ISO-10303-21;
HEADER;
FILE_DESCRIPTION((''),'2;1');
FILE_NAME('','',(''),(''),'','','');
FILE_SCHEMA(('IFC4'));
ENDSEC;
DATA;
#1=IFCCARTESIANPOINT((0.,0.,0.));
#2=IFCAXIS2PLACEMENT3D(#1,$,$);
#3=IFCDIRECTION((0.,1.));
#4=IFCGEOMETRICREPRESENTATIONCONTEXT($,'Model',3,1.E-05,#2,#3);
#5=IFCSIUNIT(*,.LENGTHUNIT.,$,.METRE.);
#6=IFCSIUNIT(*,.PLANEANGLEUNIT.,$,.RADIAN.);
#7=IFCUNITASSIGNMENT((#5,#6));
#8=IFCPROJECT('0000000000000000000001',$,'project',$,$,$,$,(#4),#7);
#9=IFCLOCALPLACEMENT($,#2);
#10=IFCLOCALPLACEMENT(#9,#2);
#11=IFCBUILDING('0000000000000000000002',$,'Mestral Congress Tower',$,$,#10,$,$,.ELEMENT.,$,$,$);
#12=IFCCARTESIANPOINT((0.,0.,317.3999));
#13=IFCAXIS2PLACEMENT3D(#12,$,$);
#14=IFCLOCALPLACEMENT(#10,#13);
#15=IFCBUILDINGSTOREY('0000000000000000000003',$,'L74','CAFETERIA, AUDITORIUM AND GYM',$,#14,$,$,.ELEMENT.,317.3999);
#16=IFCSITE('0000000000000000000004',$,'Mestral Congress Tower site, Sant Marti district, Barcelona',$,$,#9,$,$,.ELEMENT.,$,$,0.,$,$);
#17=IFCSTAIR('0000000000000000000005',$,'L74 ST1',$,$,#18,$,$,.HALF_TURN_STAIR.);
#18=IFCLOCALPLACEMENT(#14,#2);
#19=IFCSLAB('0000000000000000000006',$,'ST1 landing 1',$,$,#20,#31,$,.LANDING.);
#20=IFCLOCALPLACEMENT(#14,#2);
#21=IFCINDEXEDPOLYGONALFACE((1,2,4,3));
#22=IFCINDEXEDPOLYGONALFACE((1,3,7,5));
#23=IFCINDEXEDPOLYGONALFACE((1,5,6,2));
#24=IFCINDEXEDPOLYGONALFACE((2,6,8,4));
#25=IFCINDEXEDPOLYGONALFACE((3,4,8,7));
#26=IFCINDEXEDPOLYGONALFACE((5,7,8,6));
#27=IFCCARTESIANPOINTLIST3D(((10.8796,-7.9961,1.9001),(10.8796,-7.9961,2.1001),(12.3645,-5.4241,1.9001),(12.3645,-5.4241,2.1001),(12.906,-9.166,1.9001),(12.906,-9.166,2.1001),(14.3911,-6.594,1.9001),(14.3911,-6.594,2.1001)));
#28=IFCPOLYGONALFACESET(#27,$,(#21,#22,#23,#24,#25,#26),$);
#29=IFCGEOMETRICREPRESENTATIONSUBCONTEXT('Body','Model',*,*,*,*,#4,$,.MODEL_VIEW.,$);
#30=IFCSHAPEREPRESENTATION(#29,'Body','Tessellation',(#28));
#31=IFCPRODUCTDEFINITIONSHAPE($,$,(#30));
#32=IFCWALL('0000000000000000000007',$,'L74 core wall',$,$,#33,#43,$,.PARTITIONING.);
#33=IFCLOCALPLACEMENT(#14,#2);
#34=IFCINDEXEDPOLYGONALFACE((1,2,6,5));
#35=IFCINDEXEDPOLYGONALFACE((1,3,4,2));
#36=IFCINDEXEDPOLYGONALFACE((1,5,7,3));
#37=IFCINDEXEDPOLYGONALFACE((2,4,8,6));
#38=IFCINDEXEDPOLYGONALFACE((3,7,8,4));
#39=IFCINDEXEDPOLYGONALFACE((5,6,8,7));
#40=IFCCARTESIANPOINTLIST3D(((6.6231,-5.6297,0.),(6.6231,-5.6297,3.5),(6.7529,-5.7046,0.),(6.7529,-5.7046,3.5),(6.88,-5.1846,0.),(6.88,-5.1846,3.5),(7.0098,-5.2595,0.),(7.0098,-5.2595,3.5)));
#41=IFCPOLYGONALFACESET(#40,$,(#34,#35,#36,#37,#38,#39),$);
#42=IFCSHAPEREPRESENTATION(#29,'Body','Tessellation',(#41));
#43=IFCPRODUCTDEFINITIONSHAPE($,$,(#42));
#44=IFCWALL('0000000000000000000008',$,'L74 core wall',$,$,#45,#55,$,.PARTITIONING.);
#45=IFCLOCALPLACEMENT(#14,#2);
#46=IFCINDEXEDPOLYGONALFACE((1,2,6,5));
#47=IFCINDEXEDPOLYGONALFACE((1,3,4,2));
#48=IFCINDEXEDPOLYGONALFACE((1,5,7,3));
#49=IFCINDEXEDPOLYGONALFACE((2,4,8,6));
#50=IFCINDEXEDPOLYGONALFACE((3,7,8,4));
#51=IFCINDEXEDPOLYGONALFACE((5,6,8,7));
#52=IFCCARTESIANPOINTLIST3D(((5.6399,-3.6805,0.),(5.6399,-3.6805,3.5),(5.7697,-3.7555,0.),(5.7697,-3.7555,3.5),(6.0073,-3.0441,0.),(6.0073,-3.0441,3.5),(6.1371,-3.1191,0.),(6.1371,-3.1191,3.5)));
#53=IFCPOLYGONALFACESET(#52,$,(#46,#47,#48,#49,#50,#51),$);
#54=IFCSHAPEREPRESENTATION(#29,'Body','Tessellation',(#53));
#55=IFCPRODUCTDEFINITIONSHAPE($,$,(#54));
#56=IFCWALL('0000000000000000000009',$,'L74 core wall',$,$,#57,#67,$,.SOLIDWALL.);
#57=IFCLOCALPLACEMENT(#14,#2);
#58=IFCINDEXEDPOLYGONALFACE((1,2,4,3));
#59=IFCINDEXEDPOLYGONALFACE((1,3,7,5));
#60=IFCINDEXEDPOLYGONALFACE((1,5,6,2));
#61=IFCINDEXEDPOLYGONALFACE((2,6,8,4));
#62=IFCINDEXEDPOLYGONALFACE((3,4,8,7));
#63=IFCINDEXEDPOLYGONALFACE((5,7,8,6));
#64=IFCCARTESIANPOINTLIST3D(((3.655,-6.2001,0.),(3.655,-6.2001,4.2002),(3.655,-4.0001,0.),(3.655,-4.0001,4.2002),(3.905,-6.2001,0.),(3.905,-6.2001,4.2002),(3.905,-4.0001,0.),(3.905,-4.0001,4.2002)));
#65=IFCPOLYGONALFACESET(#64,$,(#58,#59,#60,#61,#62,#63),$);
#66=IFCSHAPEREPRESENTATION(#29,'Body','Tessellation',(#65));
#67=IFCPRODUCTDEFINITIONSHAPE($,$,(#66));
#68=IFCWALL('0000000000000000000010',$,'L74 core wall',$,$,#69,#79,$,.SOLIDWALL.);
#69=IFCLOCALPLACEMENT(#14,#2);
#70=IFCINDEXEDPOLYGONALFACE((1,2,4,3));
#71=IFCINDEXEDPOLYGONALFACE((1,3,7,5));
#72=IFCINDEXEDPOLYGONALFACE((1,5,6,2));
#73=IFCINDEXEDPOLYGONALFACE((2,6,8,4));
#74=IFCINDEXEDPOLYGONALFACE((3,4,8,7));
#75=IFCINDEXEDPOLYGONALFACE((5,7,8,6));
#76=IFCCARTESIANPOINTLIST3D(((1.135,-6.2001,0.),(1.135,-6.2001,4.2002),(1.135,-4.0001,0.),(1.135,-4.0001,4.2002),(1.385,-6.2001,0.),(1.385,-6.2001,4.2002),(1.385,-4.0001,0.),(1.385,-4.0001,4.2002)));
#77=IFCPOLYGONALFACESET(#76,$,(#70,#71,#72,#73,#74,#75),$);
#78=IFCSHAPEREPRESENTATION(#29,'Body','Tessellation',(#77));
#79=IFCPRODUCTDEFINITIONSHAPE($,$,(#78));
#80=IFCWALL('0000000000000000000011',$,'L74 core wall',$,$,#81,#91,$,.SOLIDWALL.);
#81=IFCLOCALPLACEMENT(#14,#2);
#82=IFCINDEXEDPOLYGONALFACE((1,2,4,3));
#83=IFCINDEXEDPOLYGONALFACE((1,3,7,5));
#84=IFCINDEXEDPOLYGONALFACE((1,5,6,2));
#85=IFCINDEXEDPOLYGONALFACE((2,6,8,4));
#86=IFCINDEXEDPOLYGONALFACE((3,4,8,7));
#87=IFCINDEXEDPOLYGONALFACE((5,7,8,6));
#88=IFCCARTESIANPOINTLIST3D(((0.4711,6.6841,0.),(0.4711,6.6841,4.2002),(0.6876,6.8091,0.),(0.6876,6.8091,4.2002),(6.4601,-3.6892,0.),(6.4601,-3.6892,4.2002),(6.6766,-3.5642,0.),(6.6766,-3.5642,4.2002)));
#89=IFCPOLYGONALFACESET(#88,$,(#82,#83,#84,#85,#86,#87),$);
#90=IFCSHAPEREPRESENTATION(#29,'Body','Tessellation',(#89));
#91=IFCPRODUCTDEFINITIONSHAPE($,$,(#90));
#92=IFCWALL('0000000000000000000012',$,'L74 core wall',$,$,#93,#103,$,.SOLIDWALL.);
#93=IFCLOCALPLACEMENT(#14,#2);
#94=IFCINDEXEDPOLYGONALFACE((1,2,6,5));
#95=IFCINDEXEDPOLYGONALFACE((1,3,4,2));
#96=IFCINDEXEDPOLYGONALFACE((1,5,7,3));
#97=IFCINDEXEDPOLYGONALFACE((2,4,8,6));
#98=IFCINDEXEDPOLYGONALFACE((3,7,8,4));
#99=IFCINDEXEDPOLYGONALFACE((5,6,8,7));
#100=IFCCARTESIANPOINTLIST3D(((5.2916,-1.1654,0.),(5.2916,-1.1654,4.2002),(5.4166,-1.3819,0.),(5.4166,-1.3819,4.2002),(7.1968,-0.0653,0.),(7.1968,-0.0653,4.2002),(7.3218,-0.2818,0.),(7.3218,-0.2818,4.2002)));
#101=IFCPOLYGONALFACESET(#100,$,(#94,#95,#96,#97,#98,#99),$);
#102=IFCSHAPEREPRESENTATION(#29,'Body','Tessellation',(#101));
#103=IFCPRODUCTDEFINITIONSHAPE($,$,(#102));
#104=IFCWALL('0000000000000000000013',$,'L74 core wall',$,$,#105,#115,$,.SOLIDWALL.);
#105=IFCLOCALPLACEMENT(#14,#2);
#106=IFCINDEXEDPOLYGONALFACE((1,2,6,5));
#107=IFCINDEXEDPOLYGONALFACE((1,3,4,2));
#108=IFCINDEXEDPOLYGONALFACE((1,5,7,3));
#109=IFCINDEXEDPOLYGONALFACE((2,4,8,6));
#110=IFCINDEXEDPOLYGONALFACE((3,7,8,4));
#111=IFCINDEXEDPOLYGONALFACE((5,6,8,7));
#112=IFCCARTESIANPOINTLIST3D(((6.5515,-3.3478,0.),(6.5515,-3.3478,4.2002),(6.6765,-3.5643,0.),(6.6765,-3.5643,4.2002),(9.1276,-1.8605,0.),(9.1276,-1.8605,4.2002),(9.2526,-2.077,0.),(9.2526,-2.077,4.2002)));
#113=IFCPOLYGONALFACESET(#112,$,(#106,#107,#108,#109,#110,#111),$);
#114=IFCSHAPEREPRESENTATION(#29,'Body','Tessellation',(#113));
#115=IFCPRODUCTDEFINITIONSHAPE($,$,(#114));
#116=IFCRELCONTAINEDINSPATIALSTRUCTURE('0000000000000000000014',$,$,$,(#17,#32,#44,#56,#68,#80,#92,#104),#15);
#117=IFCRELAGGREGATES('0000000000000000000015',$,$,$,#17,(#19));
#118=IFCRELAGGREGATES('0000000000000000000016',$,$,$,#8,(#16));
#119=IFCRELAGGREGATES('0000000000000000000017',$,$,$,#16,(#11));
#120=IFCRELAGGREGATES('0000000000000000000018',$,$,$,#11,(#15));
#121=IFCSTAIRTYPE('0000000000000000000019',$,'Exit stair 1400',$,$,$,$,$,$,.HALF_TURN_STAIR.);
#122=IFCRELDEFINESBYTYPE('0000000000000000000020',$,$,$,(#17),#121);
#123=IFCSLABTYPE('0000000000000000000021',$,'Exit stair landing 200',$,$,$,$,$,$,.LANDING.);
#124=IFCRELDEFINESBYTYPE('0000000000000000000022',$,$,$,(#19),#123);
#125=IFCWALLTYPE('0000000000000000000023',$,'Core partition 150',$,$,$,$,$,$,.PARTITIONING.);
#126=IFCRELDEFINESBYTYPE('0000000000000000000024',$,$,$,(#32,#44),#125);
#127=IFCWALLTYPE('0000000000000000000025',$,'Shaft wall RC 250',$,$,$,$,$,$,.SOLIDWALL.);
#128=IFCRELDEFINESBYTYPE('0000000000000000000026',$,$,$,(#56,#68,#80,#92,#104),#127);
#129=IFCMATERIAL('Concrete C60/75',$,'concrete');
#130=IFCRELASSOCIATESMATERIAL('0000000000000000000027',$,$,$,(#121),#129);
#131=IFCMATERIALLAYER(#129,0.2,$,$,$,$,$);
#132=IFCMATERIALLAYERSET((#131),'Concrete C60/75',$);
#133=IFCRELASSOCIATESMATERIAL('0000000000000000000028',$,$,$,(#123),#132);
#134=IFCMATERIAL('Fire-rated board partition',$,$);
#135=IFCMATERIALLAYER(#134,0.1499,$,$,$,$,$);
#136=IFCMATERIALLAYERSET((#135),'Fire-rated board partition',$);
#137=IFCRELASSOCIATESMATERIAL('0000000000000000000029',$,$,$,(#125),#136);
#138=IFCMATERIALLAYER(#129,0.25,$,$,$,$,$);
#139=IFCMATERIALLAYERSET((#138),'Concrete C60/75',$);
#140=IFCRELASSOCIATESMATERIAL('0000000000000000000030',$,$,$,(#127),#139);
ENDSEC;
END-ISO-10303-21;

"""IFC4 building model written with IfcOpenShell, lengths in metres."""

from ifc_helpers import new_model, si_unit, direction, frame, frame_2d, origin, place, context, subcontext, project, spatial, polyline, rectangle, outline, extrude, material, layer, layer_set, type_object, element, aggregate, save


model = new_model("IFC4")

# Units and contexts
model_context = context("Model", 3, precision=1e-05, world=origin(), true_north=direction((0.0, 1.0)))
body_context = subcontext(model_context, "Body", "Model", "MODEL_VIEW")
ifc_project = project(units=[si_unit("LENGTHUNIT", "METRE"), si_unit("PLANEANGLEUNIT", "RADIAN")], contexts=[model_context])

# Site, building, storey
site_placement = place(None, origin())
site = spatial("IfcSite", under=ifc_project, at=site_placement, Name="Mestral Congress Tower site, Sant Marti district, Barcelona", CompositionType="ELEMENT", RefElevation=0.0)
building_placement = place(site_placement, origin())
building = spatial("IfcBuilding", under=site, at=building_placement, Name="Mestral Congress Tower", CompositionType="ELEMENT")
storey_placement = place(building_placement, frame((0.0, 0.0, 317.3999)))
storey = spatial("IfcBuildingStorey", under=building, at=storey_placement, Name="L74", Description="CAFETERIA, AUDITORIUM AND GYM", CompositionType="ELEMENT", Elevation=317.3999)

# Stair, slab
ifc_material_1 = material(Name="Concrete C60/75", Category="concrete")
stair_type = type_object("IfcStairType", Name="Exit stair 1400", PredefinedType="HALF_TURN_STAIR", material=ifc_material_1)
stair_placement = place(storey_placement, origin())
stair = element("IfcStair", 1, at=stair_placement, inside=storey, type_object=stair_type, Name="L74 ST1", PredefinedType="HALF_TURN_STAIR")
ifc_layer_1 = layer(ifc_material_1, 0.2)
ifc_layer_set_1 = layer_set([ifc_layer_1], Name="Concrete C60/75")
slab_type = type_object("IfcSlabType", Name="Exit stair landing 200", PredefinedType="LANDING", material=ifc_layer_set_1)
slab_placement = place(storey_placement, frame((0.0, 0.0, 1.9001)))
slab = element("IfcSlab", 2, at=slab_placement, type_object=slab_type, Name="ST1 landing 1", PredefinedType="LANDING", context=body_context, shape_type="SweptSolid", body=[
    extrude(outline(polyline([(10.8796, -7.9961), (12.3645, -5.4241), (14.3911, -6.594), (12.906, -9.166), (10.8796, -7.9961)])), origin(), (0.0, 0.0, 1.0), 0.2),
])

# Walls
ifc_material_2 = material(Name="Fire-rated board partition")
ifc_layer_2 = layer(ifc_material_2, 0.1499)
ifc_layer_set_2 = layer_set([ifc_layer_2], Name="Fire-rated board partition")
wall_type_1 = type_object("IfcWallType", Name="Core partition 150", PredefinedType="PARTITIONING", material=ifc_layer_set_2)
wall_1_placement = place(storey_placement, frame((6.9448, -5.2222, 0.0), z_axis=(0.0, 0.0, 1.0), x_axis=(-0.499818, -0.86613, 0.0)))
element("IfcWall", 3, at=wall_1_placement, inside=storey, type_object=wall_type_1, Name="L74 core wall", PredefinedType="PARTITIONING", context=body_context, shape_type="SweptSolid", body=[
    extrude(rectangle(XDim=0.5139, YDim=0.1499, at=frame_2d((0.2568, 0.0))), origin(), (0.0, 0.0, 1.0), 3.5),
])
wall_2_placement = place(storey_placement, frame((5.7048, -3.718, 0.0), z_axis=(0.0, 0.0, 1.0), x_axis=(0.499962, 0.866047, 0.0)))
element("IfcWall", 4, at=wall_2_placement, inside=storey, type_object=wall_type_1, Name="L74 core wall", PredefinedType="PARTITIONING", context=body_context, shape_type="SweptSolid", body=[
    extrude(rectangle(XDim=0.7349, YDim=0.1499, at=frame_2d((0.3674, 0.0))), origin(), (0.0, 0.0, 1.0), 3.5),
])
ifc_layer_3 = layer(ifc_material_1, 0.25)
ifc_layer_set_3 = layer_set([ifc_layer_3], Name="Concrete C60/75")
wall_type_2 = type_object("IfcWallType", Name="Shaft wall RC 250", PredefinedType="SOLIDWALL", material=ifc_layer_set_3)
for number, where, z_axis, x_axis, name in (
    (5, (3.78, -4.0, 0.0), (0.0, 0.0, 1.0), (0.0, -1.0, 0.0), "L74 core wall"),
    (6, (1.26, -4.0, 0.0), (0.0, 0.0, 1.0), (0.0, -1.0, 0.0), "L74 core wall"),
):
    element("IfcWall", number, at=place(storey_placement, frame(where, z_axis=z_axis, x_axis=x_axis)), inside=storey, type_object=wall_type_2, Name=name, PredefinedType="SOLIDWALL", context=body_context, shape_type="SweptSolid", body=[
        extrude(rectangle(XDim=2.2, YDim=0.25, at=frame_2d((1.1001, 0.0))), origin(), (0.0, 0.0, 1.0), 4.2002),
    ])
wall_3_placement = place(storey_placement, frame((6.5684, -3.6267, 0.0), z_axis=(0.0, 0.0, 1.0), x_axis=(-0.499999, 0.866026, 0.0)))
element("IfcWall", 7, at=wall_3_placement, inside=storey, type_object=wall_type_2, Name="L74 core wall", PredefinedType="SOLIDWALL", context=body_context, shape_type="SweptSolid", body=[
    extrude(rectangle(XDim=11.978, YDim=0.25, at=frame_2d((5.989, 0.0))), origin(), (0.0, 0.0, 1.0), 4.2002),
])
wall_4_placement = place(storey_placement, frame((5.354, -1.2737, 0.0), z_axis=(0.0, 0.0, 1.0), x_axis=(0.866008, 0.50003, 0.0)))
element("IfcWall", 8, at=wall_4_placement, inside=storey, type_object=wall_type_2, Name="L74 core wall", PredefinedType="SOLIDWALL", context=body_context, shape_type="SweptSolid", body=[
    extrude(rectangle(XDim=2.2, YDim=0.25, at=frame_2d((1.1001, 0.0))), origin(), (0.0, 0.0, 1.0), 4.2002),
])
wall_5_placement = place(storey_placement, frame((6.614, -3.4561, 0.0), z_axis=(0.0, 0.0, 1.0), x_axis=(0.866033, 0.499988, 0.0)))
element("IfcWall", 9, at=wall_5_placement, inside=storey, type_object=wall_type_2, Name="L74 core wall", PredefinedType="SOLIDWALL", context=body_context, shape_type="SweptSolid", body=[
    extrude(rectangle(XDim=2.9746, YDim=0.25, at=frame_2d((1.4873, 0.0))), origin(), (0.0, 0.0, 1.0), 4.2002),
])

aggregate(stair, [slab])

save(model, "model.ifc")
